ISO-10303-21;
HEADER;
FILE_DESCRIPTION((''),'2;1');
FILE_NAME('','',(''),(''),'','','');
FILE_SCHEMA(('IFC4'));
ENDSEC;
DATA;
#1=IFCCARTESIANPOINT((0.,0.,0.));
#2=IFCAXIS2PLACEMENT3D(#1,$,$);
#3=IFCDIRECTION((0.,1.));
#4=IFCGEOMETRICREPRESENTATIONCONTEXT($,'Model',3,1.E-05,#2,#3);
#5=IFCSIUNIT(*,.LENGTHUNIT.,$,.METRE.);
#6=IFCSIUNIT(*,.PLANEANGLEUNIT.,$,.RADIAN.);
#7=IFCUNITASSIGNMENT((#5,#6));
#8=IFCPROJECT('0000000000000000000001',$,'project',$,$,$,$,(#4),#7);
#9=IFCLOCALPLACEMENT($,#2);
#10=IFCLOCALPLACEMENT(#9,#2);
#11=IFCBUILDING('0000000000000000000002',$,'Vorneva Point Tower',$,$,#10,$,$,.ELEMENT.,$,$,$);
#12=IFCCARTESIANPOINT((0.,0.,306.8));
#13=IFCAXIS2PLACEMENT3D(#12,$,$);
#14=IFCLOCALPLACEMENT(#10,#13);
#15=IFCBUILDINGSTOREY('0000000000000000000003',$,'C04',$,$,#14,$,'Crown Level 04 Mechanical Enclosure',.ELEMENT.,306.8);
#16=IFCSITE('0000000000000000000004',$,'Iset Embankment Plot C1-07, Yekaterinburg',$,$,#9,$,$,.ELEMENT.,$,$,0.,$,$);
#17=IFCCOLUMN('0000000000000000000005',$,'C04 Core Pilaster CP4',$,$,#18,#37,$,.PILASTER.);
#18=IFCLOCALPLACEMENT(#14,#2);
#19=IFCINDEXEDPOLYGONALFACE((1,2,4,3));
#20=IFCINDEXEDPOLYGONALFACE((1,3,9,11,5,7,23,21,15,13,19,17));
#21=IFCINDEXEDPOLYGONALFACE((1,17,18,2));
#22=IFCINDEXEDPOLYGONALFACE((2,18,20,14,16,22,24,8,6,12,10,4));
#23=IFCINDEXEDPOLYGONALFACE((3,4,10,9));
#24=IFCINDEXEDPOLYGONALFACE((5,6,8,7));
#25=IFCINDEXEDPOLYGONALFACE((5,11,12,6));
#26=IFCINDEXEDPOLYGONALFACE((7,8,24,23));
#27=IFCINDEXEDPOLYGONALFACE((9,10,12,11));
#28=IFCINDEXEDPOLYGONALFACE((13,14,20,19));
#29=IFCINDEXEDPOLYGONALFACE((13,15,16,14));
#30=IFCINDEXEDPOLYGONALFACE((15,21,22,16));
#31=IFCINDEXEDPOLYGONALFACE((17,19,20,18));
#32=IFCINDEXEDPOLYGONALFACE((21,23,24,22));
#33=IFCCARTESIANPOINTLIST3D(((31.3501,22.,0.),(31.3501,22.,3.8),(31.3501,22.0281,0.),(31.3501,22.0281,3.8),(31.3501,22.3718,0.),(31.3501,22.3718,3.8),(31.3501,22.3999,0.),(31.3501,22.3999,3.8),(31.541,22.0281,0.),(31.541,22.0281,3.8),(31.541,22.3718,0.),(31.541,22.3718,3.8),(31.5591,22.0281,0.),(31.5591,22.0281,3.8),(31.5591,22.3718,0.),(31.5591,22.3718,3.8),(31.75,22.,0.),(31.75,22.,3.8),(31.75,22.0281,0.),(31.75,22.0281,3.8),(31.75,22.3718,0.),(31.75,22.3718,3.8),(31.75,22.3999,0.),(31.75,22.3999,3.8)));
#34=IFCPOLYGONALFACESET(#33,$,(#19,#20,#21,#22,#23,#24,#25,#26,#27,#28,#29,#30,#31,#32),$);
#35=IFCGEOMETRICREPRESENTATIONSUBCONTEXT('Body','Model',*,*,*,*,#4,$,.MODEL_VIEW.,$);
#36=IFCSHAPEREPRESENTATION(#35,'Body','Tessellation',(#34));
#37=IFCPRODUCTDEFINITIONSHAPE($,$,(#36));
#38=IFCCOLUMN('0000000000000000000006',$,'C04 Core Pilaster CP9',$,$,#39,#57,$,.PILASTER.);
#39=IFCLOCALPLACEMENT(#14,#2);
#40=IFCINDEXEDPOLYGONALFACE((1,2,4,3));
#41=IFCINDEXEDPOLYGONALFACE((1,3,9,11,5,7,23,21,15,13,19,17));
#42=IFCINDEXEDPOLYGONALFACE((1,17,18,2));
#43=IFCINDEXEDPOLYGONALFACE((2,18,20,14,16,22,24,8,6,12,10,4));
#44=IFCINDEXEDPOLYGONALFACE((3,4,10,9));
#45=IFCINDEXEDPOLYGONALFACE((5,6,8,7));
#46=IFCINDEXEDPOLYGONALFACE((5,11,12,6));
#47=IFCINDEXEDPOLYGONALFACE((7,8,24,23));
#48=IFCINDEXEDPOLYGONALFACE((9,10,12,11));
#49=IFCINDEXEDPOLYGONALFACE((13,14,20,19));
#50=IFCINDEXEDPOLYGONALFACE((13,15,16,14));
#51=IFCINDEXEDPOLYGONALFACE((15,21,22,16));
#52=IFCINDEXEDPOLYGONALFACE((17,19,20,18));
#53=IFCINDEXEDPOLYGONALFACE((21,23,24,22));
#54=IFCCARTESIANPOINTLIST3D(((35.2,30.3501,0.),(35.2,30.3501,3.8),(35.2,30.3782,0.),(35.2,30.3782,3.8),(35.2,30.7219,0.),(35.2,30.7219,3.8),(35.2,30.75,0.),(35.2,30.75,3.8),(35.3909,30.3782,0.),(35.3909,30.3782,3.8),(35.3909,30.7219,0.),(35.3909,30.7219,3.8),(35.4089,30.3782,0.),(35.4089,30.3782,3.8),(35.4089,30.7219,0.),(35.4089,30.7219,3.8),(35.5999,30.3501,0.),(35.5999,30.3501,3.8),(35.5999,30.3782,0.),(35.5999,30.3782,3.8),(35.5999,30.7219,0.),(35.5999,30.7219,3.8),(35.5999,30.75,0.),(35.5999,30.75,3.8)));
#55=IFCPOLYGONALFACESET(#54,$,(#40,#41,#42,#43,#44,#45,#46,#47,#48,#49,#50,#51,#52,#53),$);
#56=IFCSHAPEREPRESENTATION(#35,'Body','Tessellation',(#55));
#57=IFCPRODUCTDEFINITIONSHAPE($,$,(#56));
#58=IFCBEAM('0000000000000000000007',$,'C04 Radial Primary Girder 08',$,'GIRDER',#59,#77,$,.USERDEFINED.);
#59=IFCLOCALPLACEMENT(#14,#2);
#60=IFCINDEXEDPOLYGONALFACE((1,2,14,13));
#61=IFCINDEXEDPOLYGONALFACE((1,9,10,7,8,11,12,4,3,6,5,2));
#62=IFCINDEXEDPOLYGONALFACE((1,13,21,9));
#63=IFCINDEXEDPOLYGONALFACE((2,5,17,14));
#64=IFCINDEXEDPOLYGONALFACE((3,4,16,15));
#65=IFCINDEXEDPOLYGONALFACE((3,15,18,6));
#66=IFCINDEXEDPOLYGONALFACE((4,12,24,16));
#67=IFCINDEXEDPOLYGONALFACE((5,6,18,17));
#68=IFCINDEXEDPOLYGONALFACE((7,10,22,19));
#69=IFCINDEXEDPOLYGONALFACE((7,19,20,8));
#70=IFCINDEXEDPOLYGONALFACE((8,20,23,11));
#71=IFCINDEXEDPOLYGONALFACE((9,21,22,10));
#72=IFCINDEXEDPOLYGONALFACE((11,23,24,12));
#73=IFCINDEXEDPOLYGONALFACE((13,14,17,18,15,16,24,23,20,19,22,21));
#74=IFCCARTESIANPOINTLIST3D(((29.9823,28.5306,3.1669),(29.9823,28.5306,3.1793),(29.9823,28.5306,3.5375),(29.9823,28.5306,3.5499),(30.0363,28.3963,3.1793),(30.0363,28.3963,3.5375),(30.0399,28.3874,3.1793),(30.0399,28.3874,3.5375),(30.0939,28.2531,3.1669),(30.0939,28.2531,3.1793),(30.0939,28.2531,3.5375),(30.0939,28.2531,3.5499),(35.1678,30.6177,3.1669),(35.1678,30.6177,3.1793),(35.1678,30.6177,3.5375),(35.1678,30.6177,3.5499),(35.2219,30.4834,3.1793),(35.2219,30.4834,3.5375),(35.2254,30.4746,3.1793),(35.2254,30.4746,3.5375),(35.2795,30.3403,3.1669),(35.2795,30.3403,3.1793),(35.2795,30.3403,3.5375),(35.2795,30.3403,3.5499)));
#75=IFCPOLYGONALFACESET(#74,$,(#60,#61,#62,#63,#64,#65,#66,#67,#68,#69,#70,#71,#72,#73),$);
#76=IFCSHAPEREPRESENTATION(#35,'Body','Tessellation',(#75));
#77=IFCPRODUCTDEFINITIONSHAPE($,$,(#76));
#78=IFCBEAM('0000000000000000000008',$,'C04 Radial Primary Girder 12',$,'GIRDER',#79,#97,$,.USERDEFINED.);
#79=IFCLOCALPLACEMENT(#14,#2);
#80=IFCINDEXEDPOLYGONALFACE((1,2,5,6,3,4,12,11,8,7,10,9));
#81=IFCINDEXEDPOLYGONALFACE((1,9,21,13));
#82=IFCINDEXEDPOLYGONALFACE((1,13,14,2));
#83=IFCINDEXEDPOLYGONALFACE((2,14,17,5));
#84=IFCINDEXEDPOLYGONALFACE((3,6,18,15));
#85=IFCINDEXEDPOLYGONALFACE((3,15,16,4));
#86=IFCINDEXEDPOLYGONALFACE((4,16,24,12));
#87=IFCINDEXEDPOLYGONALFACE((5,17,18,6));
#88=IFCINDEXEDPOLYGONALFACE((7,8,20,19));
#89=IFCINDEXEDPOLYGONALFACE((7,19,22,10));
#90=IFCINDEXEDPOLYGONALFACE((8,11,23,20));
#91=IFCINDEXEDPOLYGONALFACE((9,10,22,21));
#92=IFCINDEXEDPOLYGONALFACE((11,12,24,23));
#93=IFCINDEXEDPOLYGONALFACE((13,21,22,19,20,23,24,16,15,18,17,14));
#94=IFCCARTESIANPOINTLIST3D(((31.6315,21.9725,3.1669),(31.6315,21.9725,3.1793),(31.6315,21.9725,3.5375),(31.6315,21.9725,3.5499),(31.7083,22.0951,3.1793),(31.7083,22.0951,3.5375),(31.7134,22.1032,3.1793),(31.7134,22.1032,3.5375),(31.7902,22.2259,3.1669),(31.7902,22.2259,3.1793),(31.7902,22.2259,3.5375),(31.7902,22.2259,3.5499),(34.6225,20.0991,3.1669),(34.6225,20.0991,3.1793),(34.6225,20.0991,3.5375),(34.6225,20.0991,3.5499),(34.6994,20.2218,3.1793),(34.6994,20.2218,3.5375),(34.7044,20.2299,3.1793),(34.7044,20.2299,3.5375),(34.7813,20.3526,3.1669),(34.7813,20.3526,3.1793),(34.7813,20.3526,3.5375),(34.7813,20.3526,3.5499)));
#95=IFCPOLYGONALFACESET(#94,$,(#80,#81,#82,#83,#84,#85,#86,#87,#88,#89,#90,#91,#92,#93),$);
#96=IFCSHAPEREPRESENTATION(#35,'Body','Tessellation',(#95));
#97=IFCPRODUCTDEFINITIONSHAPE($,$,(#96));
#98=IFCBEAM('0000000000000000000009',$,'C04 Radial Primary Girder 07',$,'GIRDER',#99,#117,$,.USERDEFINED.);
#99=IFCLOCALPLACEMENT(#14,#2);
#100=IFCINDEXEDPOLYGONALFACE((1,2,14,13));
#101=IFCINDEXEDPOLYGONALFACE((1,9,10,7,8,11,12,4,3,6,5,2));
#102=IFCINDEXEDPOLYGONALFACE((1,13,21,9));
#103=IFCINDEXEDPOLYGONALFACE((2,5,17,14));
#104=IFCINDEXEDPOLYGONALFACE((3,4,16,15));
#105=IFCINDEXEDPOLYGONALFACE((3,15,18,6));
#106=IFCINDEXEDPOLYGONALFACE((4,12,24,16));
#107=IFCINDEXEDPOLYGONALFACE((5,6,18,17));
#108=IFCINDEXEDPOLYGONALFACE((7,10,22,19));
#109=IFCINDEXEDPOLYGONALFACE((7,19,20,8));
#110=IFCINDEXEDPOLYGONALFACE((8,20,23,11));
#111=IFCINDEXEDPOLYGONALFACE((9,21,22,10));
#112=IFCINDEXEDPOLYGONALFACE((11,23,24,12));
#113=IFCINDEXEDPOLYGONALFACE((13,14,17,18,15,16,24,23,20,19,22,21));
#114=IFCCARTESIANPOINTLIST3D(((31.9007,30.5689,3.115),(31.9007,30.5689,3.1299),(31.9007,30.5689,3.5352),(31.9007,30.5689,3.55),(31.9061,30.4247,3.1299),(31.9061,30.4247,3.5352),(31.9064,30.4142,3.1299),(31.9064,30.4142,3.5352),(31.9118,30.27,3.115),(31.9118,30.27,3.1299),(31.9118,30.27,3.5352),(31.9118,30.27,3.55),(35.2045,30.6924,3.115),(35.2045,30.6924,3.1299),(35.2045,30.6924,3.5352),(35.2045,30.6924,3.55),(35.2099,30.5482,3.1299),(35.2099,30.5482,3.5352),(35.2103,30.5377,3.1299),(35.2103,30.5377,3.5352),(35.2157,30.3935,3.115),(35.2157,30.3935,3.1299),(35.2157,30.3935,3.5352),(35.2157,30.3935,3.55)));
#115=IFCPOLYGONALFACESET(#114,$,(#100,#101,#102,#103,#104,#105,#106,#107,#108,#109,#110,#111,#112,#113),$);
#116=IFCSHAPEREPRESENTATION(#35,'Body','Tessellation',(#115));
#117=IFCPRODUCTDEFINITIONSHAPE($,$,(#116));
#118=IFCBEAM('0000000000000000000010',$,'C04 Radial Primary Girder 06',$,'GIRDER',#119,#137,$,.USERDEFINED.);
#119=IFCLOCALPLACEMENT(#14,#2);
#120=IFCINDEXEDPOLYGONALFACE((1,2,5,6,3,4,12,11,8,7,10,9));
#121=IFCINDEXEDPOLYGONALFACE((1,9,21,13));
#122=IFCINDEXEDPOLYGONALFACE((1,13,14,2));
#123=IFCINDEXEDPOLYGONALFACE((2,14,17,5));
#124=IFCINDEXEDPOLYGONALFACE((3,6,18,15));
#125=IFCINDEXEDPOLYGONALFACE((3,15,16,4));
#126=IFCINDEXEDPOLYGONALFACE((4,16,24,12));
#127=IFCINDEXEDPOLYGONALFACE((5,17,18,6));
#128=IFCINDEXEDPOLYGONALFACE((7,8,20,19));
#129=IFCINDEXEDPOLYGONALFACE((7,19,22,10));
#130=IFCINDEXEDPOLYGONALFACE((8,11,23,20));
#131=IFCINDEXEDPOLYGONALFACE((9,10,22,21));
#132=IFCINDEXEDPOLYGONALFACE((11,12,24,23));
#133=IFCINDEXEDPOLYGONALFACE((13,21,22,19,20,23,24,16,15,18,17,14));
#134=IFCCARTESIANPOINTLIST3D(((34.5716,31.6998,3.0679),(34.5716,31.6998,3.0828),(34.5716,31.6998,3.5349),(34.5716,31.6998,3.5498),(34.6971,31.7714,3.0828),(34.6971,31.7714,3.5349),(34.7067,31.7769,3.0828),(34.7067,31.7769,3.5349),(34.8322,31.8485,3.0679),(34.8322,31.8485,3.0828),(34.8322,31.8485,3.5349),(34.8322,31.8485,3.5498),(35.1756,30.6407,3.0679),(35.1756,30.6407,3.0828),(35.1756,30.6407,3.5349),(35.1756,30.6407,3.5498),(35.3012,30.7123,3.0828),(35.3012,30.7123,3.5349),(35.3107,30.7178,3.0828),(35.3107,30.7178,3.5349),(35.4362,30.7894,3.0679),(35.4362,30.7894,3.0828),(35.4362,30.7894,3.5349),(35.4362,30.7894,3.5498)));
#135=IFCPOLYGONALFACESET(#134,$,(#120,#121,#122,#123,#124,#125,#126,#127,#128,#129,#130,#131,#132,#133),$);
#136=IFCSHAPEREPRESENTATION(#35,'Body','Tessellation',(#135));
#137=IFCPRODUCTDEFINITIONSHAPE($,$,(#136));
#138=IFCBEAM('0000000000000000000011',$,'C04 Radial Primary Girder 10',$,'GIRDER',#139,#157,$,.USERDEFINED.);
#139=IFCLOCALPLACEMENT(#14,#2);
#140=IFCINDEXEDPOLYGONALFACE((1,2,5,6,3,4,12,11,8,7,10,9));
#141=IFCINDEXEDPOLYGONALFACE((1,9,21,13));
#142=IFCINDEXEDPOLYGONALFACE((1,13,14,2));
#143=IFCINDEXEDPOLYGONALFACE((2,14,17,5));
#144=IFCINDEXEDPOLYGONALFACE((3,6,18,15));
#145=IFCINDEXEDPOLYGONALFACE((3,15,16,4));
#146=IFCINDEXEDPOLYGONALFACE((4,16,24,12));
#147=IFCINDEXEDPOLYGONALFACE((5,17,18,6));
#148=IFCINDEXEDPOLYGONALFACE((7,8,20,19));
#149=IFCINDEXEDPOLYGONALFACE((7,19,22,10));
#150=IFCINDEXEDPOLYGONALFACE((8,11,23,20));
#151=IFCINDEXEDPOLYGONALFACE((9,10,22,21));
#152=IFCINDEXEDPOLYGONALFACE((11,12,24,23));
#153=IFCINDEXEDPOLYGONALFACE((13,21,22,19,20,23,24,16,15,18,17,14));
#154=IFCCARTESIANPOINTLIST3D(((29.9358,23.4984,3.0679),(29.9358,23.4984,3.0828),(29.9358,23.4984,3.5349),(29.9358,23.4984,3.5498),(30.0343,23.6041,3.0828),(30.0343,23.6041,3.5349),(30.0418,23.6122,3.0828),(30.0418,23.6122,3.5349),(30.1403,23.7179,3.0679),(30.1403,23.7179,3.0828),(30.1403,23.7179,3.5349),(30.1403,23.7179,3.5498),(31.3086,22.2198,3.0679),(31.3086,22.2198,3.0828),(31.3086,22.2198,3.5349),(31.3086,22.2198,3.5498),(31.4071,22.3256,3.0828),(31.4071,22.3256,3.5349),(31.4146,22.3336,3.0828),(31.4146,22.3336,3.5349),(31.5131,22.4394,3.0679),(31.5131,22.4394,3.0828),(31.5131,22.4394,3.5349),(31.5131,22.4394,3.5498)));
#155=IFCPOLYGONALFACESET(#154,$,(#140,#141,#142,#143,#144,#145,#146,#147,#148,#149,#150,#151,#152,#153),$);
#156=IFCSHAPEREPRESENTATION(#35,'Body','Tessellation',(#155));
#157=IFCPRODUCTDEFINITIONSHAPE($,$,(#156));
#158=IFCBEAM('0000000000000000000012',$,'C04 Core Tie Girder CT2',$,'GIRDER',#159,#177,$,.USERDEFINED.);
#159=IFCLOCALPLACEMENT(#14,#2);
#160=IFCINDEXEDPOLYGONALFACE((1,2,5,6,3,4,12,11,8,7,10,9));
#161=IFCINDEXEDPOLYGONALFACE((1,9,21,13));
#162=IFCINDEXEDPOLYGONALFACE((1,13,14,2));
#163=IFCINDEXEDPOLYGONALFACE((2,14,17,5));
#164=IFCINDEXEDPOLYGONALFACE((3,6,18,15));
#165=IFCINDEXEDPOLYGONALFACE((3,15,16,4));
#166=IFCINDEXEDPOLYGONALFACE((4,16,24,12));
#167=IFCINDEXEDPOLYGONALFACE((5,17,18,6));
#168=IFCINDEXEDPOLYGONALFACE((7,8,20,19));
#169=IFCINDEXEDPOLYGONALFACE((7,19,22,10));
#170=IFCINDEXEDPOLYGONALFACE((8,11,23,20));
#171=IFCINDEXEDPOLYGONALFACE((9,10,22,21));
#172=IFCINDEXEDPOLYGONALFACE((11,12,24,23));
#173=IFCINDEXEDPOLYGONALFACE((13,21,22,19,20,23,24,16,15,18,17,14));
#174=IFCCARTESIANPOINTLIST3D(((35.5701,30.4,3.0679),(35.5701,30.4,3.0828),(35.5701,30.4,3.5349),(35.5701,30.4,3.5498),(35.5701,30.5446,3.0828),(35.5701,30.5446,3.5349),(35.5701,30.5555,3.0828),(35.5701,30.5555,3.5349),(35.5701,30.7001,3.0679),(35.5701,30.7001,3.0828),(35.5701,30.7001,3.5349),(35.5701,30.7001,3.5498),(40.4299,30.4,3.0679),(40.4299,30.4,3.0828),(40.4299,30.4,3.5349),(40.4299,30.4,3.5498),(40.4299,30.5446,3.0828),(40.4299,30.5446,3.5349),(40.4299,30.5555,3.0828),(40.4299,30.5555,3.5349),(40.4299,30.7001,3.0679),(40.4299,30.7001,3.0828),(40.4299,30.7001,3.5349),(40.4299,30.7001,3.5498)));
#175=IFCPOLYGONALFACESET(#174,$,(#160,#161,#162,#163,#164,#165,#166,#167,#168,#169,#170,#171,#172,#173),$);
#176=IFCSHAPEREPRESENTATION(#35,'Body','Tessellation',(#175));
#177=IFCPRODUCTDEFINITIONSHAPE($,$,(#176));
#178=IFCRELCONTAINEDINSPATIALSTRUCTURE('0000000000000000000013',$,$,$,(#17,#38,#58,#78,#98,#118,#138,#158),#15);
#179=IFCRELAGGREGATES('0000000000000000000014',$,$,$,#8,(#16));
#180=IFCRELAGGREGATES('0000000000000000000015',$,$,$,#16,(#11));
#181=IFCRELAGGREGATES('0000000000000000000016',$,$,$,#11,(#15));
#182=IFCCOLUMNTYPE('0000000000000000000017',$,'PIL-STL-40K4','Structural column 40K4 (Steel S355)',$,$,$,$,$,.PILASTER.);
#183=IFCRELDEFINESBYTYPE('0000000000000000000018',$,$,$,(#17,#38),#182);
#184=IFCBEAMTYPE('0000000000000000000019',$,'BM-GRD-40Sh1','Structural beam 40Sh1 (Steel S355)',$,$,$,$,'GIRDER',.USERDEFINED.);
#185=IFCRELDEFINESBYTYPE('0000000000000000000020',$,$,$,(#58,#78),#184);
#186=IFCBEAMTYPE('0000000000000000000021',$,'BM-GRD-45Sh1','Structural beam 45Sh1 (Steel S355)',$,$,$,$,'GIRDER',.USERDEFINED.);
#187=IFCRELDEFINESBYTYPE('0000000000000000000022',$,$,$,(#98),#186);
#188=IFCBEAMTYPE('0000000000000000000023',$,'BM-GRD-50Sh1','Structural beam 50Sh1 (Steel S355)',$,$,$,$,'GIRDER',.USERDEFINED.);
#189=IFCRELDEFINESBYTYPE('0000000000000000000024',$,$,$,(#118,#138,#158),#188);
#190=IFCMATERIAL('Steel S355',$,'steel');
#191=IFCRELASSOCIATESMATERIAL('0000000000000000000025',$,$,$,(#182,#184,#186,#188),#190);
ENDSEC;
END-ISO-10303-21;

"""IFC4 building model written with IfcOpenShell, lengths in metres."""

from ifc_helpers import new_model, si_unit, direction, frame, origin, origin_2d, place, context, subcontext, project, spatial, i_section, extrude, material, material_profile, profile_set, type_object, element, save


model = new_model("IFC4")

# Units and contexts
model_context = context("Model", 3, precision=1e-05, world=origin(), true_north=direction((0.0, 1.0)))
body_context = subcontext(model_context, "Body", "Model", "MODEL_VIEW")
ifc_project = project(units=[si_unit("LENGTHUNIT", "METRE"), si_unit("PLANEANGLEUNIT", "RADIAN")], contexts=[model_context])

# Site, building, storey
site_placement = place(None, origin())
site = spatial("IfcSite", under=ifc_project, at=site_placement, Name="Iset Embankment Plot C1-07, Yekaterinburg", CompositionType="ELEMENT", RefElevation=0.0)
building_placement = place(site_placement, origin())
building = spatial("IfcBuilding", under=site, at=building_placement, Name="Vorneva Point Tower", CompositionType="ELEMENT")
storey_placement = place(building_placement, frame((0.0, 0.0, 306.8)))
storey = spatial("IfcBuildingStorey", under=building, at=storey_placement, Name="C04", LongName="Crown Level 04 Mechanical Enclosure", CompositionType="ELEMENT", Elevation=306.8)

# Columns
ifc_material_1 = material(Name="Steel S355", Category="steel")
ifc_material_profile_1 = material_profile(ifc_material_1, i_section(OverallWidth=0.3999, OverallDepth=0.3999, WebThickness=0.0181, FlangeThickness=0.0281, at=origin_2d()), Name="40K4")
ifc_profile_set_1 = profile_set([ifc_material_profile_1], Name="Steel S355")
column_type = type_object("IfcColumnType", Name="PIL-STL-40K4", Description="Structural column 40K4 (Steel S355)", PredefinedType="PILASTER", material=ifc_profile_set_1)
for number, where, z_axis, x_axis, name in (
    (1, (31.55, 22.2, 0.0), (0.0, 0.0, 1.0), (1.0, 0.0, 0.0), "C04 Core Pilaster CP4"),
    (2, (35.3999, 30.55, 0.0), (0.0, 0.0, 1.0), (1.0, 0.0, 0.0), "C04 Core Pilaster CP9"),
):
    element("IfcColumn", number, at=place(storey_placement, frame(where, z_axis=z_axis, x_axis=x_axis)), inside=storey, type_object=column_type, Name=name, PredefinedType="PILASTER", context=body_context, shape_type="SweptSolid", body=[
        extrude(i_section(OverallWidth=0.3999, OverallDepth=0.3999, WebThickness=0.0181, FlangeThickness=0.0281, at=origin_2d()), origin(), (0.0, 0.0, 1.0), 3.8),
    ])

# Beams
ifc_material_profile_2 = material_profile(ifc_material_1, i_section(OverallWidth=0.2991, OverallDepth=0.3831, WebThickness=0.0095, FlangeThickness=0.0125, at=origin_2d()), Name="40Sh1")
ifc_profile_set_2 = profile_set([ifc_material_profile_2], Name="Steel S355")
beam_type_1 = type_object("IfcBeamType", Name="BM-GRD-40Sh1", Description="Structural beam 40Sh1 (Steel S355)", ElementType="GIRDER", PredefinedType="USERDEFINED", material=ifc_profile_set_2)
beam_1_placement = place(storey_placement, frame((30.0381, 28.3918, 3.3584), z_axis=(0.927676, 0.373385, 0.0), x_axis=(-0.373385, 0.927676, 0.0)))
element("IfcBeam", 3, at=beam_1_placement, inside=storey, type_object=beam_type_1, Name="C04 Radial Primary Girder 08", ObjectType="GIRDER", PredefinedType="USERDEFINED", context=body_context, shape_type="SweptSolid", body=[
    extrude(i_section(OverallWidth=0.2991, OverallDepth=0.3831, WebThickness=0.0095, FlangeThickness=0.0125, at=origin_2d()), origin(), (0.0, 0.0, 1.0), 5.5898),
])
beam_2_placement = place(storey_placement, frame((34.7019, 20.2258, 3.3584), z_axis=(-0.847497, 0.530801, 0.0), x_axis=(-0.530801, -0.847497, 0.0)))
element("IfcBeam", 4, at=beam_2_placement, inside=storey, type_object=beam_type_1, Name="C04 Radial Primary Girder 12", ObjectType="GIRDER", PredefinedType="USERDEFINED", context=body_context, shape_type="SweptSolid", body=[
    extrude(i_section(OverallWidth=0.2991, OverallDepth=0.3831, WebThickness=0.0095, FlangeThickness=0.0125, at=origin_2d()), origin(), (0.0, 0.0, 1.0), 3.5293),
])
ifc_material_profile_3 = material_profile(ifc_material_1, i_section(OverallWidth=0.2991, OverallDepth=0.4351, WebThickness=0.0105, FlangeThickness=0.0149, at=origin_2d()), Name="45Sh1")
ifc_profile_set_3 = profile_set([ifc_material_profile_3], Name="Steel S355")
beam_type_2 = type_object("IfcBeamType", Name="BM-GRD-45Sh1", Description="Structural beam 45Sh1 (Steel S355)", ElementType="GIRDER", PredefinedType="USERDEFINED", material=ifc_profile_set_3)
beam_3_placement = place(storey_placement, frame((31.9062, 30.4194, 3.3325), z_axis=(0.999302, 0.037364, 0.0), x_axis=(-0.037364, 0.999302, 0.0)))
element("IfcBeam", 5, at=beam_3_placement, inside=storey, type_object=beam_type_2, Name="C04 Radial Primary Girder 07", ObjectType="GIRDER", PredefinedType="USERDEFINED", context=body_context, shape_type="SweptSolid", body=[
    extrude(i_section(OverallWidth=0.2991, OverallDepth=0.4351, WebThickness=0.0105, FlangeThickness=0.0149, at=origin_2d()), origin(), (0.0, 0.0, 1.0), 3.3062),
])
ifc_material_profile_4 = material_profile(ifc_material_1, i_section(OverallWidth=0.3, OverallDepth=0.4819, WebThickness=0.011, FlangeThickness=0.0149, at=origin_2d()), Name="50Sh1")
ifc_profile_set_4 = profile_set([ifc_material_profile_4], Name="Steel S355")
beam_type_3 = type_object("IfcBeamType", Name="BM-GRD-50Sh1", Description="Structural beam 50Sh1 (Steel S355)", ElementType="GIRDER", PredefinedType="USERDEFINED", material=ifc_profile_set_4)
beam_4_placement = place(storey_placement, frame((34.7019, 31.7742, 3.3088), z_axis=(0.495406, -0.868662, 0.0), x_axis=(0.868662, 0.495406, 0.0)))
element("IfcBeam", 6, at=beam_4_placement, inside=storey, type_object=beam_type_3, Name="C04 Radial Primary Girder 06", ObjectType="GIRDER", PredefinedType="USERDEFINED", context=body_context, shape_type="SweptSolid", body=[
    extrude(i_section(OverallWidth=0.3, OverallDepth=0.4819, WebThickness=0.011, FlangeThickness=0.0149, at=origin_2d()), origin(), (0.0, 0.0, 1.0), 1.2192),
])
beam_5_placement = place(storey_placement, frame((30.0381, 23.6082, 3.3088), z_axis=(0.731778, -0.681544, 0.0), x_axis=(0.681544, 0.731778, 0.0)))
element("IfcBeam", 7, at=beam_5_placement, inside=storey, type_object=beam_type_3, Name="C04 Radial Primary Girder 10", ObjectType="GIRDER", PredefinedType="USERDEFINED", context=body_context, shape_type="SweptSolid", body=[
    extrude(i_section(OverallWidth=0.3, OverallDepth=0.4819, WebThickness=0.011, FlangeThickness=0.0149, at=origin_2d()), origin(), (0.0, 0.0, 1.0), 1.876),
])
beam_6_placement = place(storey_placement, frame((35.5701, 30.55, 3.3088), z_axis=(1.0, 0.0, 0.0), x_axis=(0.0, 1.0, 0.0)))
element("IfcBeam", 8, at=beam_6_placement, inside=storey, type_object=beam_type_3, Name="C04 Core Tie Girder CT2", ObjectType="GIRDER", PredefinedType="USERDEFINED", context=body_context, shape_type="SweptSolid", body=[
    extrude(i_section(OverallWidth=0.3, OverallDepth=0.4819, WebThickness=0.011, FlangeThickness=0.0149, at=origin_2d()), origin(), (0.0, 0.0, 1.0), 4.8599),
])

save(model, "model.ifc")
